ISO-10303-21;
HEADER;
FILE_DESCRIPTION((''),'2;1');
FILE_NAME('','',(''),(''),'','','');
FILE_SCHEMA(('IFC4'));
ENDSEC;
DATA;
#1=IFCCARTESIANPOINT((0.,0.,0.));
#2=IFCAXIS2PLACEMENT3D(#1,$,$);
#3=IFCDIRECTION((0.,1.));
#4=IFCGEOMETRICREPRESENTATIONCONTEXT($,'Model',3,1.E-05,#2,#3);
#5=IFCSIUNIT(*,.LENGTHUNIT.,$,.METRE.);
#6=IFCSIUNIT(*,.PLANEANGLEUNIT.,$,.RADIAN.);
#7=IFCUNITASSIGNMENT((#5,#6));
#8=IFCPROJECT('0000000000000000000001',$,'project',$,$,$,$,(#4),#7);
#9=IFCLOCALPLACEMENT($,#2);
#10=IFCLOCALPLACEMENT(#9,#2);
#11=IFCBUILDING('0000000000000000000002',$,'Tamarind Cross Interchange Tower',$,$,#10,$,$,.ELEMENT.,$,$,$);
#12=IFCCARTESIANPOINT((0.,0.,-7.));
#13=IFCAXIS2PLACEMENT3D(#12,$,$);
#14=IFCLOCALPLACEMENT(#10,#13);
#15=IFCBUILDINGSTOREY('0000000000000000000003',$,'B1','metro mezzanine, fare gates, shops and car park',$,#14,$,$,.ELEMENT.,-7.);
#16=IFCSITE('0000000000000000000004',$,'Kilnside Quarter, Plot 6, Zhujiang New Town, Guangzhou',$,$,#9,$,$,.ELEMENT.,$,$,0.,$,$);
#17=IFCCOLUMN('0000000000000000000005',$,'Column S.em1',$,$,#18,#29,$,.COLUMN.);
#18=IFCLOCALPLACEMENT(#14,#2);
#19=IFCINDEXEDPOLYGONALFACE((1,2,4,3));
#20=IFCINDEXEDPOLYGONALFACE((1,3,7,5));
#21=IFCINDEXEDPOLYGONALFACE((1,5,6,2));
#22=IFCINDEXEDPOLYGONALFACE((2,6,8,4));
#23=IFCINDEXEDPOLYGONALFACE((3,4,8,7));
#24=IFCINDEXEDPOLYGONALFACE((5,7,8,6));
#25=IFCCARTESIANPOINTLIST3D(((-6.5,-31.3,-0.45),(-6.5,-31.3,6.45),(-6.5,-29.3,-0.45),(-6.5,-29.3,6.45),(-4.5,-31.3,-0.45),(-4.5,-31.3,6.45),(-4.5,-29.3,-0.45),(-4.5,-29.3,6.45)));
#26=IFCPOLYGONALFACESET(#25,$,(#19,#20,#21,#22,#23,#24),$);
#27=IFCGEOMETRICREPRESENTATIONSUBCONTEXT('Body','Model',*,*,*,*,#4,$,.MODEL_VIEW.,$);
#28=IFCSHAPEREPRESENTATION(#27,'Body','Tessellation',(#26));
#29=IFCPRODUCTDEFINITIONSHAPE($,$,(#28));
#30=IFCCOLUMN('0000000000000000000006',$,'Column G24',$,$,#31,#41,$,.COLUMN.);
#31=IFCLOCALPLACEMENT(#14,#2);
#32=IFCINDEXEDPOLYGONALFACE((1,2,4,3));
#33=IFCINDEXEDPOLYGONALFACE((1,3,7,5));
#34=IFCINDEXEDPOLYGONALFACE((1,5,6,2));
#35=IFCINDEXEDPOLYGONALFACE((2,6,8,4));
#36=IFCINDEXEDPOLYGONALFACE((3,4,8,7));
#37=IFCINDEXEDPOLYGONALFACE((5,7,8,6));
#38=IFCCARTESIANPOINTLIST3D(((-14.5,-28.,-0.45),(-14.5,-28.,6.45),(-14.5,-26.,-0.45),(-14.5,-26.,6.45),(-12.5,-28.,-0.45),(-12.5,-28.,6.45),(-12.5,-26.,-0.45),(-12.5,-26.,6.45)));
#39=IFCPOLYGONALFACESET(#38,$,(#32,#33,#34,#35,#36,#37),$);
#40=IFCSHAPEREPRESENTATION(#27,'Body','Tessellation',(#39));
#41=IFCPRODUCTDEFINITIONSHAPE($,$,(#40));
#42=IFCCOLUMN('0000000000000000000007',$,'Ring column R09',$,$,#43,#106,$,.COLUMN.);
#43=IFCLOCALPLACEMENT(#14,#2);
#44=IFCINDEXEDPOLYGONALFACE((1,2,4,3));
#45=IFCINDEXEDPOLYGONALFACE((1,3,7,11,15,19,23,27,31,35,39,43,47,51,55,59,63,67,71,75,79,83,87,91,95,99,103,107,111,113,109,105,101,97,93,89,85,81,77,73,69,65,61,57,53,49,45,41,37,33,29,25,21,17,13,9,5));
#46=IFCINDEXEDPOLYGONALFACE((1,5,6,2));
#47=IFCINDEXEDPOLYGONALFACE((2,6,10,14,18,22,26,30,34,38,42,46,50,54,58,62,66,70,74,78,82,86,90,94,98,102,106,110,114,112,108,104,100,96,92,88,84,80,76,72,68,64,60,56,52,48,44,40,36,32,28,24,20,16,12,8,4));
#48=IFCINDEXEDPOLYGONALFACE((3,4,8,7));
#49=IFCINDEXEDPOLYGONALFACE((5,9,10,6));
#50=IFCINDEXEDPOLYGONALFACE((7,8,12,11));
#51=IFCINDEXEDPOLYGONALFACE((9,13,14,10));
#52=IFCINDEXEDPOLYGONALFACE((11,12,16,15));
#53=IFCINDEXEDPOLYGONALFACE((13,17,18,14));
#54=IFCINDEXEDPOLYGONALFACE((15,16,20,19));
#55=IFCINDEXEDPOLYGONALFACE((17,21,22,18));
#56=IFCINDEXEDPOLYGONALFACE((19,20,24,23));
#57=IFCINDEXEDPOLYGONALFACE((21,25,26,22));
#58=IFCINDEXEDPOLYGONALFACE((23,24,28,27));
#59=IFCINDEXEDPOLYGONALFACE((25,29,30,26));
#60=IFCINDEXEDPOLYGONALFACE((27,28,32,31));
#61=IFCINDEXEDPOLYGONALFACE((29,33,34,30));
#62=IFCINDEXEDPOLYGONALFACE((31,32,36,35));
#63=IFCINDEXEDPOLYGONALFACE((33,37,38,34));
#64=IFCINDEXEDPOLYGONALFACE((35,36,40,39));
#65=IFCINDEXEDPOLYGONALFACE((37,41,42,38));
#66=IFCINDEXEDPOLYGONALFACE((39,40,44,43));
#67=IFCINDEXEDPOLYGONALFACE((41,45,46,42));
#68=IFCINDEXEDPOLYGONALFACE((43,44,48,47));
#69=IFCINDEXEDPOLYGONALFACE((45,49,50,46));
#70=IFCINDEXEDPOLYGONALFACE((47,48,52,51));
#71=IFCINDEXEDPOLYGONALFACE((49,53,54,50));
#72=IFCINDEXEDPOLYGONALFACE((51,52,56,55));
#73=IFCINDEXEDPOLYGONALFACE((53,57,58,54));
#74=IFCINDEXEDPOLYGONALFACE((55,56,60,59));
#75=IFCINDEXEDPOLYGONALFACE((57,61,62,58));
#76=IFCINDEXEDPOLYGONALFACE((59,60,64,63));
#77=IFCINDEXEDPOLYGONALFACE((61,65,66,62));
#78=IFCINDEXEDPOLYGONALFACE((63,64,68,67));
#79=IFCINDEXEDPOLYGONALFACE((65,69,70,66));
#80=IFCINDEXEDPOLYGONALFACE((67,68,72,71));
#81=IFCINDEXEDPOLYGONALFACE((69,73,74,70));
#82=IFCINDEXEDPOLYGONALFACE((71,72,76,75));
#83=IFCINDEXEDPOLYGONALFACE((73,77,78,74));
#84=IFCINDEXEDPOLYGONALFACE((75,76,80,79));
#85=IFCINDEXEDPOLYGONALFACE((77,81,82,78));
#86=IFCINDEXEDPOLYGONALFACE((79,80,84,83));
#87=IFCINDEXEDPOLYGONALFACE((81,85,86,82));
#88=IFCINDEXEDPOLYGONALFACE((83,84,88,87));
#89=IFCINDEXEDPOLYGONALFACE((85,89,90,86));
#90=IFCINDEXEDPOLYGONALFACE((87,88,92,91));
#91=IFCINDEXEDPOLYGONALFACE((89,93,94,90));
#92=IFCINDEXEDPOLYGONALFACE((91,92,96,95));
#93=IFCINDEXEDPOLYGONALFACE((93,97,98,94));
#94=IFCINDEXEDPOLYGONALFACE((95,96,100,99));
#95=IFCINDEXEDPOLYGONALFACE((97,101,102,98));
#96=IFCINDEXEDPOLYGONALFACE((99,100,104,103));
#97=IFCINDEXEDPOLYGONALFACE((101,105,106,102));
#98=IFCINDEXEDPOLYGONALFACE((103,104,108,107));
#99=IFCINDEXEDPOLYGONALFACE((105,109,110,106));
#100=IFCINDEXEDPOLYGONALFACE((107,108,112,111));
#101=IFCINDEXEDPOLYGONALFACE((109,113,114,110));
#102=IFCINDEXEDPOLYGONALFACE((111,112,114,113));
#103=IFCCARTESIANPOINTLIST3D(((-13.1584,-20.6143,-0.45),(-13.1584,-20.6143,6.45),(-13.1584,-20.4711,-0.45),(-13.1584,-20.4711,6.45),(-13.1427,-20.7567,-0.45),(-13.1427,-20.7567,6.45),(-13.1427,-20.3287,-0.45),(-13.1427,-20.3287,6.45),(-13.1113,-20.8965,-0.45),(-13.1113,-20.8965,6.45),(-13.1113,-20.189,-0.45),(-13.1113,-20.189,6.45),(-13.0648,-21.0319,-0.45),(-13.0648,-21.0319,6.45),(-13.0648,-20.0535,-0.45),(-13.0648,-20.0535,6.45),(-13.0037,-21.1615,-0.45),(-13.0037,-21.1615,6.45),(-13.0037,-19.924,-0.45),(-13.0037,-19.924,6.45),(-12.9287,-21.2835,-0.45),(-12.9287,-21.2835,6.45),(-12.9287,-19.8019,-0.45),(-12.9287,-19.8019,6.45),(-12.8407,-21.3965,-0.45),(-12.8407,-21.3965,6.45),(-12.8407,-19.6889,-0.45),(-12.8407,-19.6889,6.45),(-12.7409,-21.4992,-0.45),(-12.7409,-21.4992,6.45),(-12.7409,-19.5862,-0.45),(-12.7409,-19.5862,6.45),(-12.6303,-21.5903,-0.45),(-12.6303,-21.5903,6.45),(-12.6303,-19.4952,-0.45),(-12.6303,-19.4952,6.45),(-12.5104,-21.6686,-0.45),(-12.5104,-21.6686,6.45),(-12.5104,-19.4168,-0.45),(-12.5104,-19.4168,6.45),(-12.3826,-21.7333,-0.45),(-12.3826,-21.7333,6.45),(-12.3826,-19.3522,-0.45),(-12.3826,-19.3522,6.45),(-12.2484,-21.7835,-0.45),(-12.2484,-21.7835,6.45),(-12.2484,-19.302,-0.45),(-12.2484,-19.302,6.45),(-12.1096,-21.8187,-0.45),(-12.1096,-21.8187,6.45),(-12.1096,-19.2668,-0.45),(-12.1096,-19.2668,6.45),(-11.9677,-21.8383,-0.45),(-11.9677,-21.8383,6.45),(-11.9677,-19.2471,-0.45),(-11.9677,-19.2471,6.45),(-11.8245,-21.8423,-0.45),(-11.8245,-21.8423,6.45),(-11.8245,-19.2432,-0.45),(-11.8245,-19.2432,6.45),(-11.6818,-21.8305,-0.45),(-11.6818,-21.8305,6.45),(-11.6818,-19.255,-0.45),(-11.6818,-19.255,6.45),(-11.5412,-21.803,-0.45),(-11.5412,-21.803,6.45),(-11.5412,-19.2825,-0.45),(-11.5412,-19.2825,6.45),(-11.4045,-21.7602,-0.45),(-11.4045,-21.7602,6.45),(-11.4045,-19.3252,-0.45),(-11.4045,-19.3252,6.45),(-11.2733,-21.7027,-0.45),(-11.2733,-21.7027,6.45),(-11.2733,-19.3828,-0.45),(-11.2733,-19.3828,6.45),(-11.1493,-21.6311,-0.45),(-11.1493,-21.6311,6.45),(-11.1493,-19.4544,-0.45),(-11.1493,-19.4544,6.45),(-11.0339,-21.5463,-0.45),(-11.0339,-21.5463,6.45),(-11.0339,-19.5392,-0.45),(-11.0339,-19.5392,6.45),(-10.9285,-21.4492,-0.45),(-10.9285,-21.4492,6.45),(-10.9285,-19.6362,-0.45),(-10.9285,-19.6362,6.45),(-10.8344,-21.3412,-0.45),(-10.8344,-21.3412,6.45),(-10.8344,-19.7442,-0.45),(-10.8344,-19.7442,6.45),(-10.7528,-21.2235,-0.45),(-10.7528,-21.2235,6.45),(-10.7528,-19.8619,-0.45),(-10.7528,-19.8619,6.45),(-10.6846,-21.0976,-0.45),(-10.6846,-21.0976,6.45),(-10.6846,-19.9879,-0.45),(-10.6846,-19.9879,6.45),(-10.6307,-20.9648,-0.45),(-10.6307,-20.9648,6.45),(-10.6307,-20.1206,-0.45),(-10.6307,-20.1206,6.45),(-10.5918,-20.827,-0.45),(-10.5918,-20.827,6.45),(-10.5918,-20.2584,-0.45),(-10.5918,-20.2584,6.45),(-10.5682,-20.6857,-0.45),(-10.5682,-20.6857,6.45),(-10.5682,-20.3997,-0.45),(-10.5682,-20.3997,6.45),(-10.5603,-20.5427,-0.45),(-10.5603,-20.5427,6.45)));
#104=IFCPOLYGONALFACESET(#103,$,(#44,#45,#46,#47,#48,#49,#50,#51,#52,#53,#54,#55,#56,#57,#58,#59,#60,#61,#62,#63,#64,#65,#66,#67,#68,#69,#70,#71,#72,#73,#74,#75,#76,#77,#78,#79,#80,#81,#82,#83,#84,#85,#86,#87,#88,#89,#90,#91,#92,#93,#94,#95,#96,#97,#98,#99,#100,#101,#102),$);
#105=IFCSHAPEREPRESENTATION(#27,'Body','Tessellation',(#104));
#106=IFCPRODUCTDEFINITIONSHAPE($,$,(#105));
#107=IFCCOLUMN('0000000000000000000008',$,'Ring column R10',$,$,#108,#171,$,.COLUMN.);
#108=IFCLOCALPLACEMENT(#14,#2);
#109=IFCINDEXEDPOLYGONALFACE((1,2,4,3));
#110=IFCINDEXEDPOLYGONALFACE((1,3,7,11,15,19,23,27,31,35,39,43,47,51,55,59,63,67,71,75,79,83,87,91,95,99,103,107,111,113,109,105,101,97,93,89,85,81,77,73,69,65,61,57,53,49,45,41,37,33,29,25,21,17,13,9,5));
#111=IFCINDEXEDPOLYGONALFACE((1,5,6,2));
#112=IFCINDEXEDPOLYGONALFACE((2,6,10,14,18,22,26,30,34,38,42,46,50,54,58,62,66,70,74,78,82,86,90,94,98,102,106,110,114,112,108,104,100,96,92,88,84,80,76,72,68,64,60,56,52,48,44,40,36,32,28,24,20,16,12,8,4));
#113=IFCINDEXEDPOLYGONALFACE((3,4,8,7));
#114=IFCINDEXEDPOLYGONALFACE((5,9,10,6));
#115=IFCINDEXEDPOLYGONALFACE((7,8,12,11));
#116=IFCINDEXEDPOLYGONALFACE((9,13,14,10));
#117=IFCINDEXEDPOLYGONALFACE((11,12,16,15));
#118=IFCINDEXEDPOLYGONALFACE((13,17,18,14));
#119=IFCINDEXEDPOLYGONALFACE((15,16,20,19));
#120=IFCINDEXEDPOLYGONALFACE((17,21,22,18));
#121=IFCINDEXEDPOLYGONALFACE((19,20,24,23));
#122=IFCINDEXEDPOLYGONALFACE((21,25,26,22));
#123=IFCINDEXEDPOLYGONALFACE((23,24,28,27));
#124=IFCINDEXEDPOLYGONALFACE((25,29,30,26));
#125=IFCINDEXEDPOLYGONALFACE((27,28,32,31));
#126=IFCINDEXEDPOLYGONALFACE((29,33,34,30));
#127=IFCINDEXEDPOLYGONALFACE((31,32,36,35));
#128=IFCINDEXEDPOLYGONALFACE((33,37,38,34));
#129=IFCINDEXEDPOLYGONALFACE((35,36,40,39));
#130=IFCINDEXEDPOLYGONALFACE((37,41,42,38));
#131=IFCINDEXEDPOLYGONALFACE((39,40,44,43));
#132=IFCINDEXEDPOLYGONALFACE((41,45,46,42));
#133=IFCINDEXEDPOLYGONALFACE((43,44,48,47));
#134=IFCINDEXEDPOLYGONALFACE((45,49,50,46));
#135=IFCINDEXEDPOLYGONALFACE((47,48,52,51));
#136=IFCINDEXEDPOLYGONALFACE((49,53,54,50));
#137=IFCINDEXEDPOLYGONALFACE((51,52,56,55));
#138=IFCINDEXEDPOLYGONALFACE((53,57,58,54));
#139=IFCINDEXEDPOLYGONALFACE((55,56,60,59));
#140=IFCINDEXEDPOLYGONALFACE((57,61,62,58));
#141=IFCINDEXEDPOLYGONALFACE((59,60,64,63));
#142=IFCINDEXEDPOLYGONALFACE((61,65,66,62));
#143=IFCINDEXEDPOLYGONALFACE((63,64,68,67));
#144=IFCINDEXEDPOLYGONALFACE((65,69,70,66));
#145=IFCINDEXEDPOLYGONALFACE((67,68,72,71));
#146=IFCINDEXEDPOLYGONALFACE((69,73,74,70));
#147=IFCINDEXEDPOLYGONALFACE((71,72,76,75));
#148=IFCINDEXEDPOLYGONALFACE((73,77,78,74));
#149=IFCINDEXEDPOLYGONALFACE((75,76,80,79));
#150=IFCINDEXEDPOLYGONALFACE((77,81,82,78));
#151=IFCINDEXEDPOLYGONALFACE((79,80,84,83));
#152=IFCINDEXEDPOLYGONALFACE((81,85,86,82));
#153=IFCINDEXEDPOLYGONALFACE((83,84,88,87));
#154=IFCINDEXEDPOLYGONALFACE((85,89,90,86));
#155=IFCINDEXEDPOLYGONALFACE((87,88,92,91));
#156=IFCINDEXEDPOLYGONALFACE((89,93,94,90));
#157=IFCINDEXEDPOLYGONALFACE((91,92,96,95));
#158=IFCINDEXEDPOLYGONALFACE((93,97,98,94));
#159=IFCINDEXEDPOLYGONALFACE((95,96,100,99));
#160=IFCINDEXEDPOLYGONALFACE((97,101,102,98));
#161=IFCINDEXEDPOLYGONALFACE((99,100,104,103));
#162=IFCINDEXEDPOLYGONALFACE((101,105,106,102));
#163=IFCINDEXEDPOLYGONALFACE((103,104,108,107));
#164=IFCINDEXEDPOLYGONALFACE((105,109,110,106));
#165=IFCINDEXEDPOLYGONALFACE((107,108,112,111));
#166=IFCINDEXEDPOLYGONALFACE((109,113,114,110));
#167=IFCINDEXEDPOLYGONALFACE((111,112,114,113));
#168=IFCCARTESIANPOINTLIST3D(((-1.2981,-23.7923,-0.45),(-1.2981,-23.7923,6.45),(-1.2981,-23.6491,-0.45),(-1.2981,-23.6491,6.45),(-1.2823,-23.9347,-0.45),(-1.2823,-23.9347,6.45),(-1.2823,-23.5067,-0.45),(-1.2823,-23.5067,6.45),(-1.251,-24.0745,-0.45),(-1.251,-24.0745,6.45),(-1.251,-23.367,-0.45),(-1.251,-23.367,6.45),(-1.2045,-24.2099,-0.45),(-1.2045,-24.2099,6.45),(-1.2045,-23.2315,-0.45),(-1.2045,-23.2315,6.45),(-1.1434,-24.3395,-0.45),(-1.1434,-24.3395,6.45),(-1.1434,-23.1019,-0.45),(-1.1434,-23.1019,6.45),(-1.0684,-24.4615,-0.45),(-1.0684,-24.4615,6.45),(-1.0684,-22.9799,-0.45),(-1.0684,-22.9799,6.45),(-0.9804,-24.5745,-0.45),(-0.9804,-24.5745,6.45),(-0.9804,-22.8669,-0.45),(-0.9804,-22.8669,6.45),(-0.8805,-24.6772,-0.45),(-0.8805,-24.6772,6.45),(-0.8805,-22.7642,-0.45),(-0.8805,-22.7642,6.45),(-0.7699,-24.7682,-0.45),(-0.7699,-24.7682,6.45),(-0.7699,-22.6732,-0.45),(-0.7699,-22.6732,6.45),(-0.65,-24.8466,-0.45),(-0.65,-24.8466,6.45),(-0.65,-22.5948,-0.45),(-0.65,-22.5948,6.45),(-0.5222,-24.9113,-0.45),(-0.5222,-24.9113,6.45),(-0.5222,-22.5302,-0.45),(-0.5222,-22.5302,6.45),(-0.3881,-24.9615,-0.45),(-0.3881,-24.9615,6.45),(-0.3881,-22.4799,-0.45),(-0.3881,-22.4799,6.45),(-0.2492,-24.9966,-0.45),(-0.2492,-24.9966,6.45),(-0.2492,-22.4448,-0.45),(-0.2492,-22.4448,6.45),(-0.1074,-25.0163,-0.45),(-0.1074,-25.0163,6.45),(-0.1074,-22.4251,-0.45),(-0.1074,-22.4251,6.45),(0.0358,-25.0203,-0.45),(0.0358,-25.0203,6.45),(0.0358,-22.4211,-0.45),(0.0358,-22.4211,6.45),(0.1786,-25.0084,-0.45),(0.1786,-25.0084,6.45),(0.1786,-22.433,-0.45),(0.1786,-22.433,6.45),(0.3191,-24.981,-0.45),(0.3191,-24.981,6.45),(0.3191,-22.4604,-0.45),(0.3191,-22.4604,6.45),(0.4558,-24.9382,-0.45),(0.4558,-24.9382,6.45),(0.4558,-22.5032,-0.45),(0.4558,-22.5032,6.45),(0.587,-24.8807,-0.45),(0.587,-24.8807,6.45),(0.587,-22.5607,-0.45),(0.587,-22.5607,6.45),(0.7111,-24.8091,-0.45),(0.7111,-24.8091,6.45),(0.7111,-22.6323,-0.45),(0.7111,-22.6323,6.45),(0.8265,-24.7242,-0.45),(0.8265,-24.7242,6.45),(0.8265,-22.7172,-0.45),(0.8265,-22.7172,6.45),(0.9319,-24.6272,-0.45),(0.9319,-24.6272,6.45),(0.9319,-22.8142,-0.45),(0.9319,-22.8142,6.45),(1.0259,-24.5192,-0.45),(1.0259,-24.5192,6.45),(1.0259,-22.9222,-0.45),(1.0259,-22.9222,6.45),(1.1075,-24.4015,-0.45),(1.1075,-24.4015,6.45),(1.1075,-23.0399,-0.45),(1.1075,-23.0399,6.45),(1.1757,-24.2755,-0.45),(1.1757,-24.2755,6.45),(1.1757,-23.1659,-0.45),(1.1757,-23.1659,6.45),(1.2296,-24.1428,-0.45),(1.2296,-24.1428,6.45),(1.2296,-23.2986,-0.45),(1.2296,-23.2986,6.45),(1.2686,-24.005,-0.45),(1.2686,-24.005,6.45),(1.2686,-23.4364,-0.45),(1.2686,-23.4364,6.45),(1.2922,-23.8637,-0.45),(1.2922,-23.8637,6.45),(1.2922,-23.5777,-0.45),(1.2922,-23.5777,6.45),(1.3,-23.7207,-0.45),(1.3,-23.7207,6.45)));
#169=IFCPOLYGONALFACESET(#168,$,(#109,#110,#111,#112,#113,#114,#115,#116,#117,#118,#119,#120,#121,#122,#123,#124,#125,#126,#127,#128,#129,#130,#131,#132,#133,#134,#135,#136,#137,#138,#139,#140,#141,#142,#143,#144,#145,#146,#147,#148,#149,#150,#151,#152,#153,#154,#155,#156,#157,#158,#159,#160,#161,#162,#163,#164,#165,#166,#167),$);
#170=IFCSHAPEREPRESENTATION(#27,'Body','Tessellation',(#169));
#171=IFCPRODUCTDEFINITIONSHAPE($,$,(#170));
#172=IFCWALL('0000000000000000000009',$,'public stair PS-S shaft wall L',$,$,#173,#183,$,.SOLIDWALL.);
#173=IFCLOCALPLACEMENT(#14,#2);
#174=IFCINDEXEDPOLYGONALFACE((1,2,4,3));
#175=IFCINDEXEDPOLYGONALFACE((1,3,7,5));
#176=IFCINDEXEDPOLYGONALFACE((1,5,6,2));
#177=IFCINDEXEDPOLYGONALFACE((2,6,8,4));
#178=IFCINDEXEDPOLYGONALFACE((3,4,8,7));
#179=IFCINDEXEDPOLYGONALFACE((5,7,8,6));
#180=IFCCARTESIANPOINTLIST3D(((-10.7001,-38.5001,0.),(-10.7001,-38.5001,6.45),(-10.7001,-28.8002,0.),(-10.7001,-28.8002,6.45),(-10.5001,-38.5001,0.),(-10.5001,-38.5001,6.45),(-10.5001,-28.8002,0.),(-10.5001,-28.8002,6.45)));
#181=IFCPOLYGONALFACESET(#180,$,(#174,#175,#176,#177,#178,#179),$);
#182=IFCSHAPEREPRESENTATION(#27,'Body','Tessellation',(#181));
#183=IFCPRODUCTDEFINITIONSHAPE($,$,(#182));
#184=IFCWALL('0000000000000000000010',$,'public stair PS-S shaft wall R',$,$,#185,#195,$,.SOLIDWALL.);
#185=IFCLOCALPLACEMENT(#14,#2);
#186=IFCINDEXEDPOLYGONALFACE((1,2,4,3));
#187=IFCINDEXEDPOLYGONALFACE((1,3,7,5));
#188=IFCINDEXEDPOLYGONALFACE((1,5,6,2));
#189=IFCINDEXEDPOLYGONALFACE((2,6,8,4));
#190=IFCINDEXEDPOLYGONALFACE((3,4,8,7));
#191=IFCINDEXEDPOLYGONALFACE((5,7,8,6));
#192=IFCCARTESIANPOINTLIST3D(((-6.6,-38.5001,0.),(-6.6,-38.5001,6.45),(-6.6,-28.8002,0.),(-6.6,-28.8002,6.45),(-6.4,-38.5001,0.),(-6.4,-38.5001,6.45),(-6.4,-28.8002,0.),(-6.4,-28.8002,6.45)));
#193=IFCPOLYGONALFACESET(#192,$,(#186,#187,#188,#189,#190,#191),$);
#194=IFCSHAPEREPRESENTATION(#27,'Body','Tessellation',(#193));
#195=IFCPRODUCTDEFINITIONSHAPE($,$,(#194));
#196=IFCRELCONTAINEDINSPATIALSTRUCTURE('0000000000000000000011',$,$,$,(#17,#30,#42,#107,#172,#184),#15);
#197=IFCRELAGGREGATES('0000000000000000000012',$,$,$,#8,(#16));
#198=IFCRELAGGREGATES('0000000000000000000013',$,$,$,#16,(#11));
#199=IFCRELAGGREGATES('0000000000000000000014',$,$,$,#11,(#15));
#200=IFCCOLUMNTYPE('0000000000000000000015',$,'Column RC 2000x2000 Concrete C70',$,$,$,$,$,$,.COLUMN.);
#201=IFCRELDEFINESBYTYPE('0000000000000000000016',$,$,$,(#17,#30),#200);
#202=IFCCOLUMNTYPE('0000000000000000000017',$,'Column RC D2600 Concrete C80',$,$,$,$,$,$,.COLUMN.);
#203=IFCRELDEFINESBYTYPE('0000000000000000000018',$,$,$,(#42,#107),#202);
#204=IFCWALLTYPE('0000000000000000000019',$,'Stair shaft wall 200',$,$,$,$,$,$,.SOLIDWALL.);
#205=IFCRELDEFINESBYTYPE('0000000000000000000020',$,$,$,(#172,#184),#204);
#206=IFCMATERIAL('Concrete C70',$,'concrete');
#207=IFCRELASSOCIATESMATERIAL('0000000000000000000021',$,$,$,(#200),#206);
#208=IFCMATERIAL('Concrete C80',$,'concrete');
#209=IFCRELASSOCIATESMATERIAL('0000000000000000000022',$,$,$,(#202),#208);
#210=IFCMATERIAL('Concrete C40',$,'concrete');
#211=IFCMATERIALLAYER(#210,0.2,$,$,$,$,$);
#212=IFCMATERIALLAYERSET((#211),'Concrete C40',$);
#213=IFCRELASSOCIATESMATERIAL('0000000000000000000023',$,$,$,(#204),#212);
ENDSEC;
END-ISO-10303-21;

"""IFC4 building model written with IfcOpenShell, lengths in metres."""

from ifc_helpers import new_model, si_unit, direction, frame, frame_2d, origin, origin_2d, place, context, subcontext, project, spatial, rectangle, circle, extrude, material, layer, layer_set, material_profile, profile_set, type_object, element, save


model = new_model("IFC4")

# Units and contexts
model_context = context("Model", 3, precision=1e-05, world=origin(), true_north=direction((0.0, 1.0)))
body_context = subcontext(model_context, "Body", "Model", "MODEL_VIEW")
ifc_project = project(units=[si_unit("LENGTHUNIT", "METRE"), si_unit("PLANEANGLEUNIT", "RADIAN")], contexts=[model_context])

# Site, building, storey
site_placement = place(None, origin())
site = spatial("IfcSite", under=ifc_project, at=site_placement, Name="Kilnside Quarter, Plot 6, Zhujiang New Town, Guangzhou", CompositionType="ELEMENT", RefElevation=0.0)
building_placement = place(site_placement, origin())
building = spatial("IfcBuilding", under=site, at=building_placement, Name="Tamarind Cross Interchange Tower", CompositionType="ELEMENT")
storey_placement = place(building_placement, frame((0.0, 0.0, -7.0)))
storey = spatial("IfcBuildingStorey", under=building, at=storey_placement, Name="B1", Description="metro mezzanine, fare gates, shops and car park", CompositionType="ELEMENT", Elevation=-7.0)

# Columns
ifc_material_1 = material(Name="Concrete C70", Category="concrete")
ifc_material_profile_1 = material_profile(ifc_material_1, rectangle(XDim=2.0, YDim=2.0, at=origin_2d()), Name="RC 2000x2000")
ifc_profile_set_1 = profile_set([ifc_material_profile_1], Name="Concrete C70")
column_type_1 = type_object("IfcColumnType", Name="Column RC 2000x2000 Concrete C70", PredefinedType="COLUMN", material=ifc_profile_set_1)
for number, where, z_axis, x_axis, name in (
    (1, (-5.5, -30.3, -0.45), (0.0, 0.0, 1.0), (1.0, 0.0, 0.0), "Column S.em1"),
    (2, (-13.5, -27.0, -0.45), (0.0, 0.0, 1.0), (1.0, 0.0, 0.0), "Column G24"),
):
    element("IfcColumn", number, at=place(storey_placement, frame(where, z_axis=z_axis, x_axis=x_axis)), inside=storey, type_object=column_type_1, Name=name, PredefinedType="COLUMN", context=body_context, shape_type="SweptSolid", body=[
        extrude(rectangle(XDim=2.0, YDim=2.0, at=origin_2d()), origin(), (0.0, 0.0, 1.0), 6.8999),
    ])
ifc_material_2 = material(Name="Concrete C80", Category="concrete")
ifc_material_profile_2 = material_profile(ifc_material_2, circle(Radius=1.3, at=origin_2d()), Name="RC D2600")
ifc_profile_set_2 = profile_set([ifc_material_profile_2], Name="Concrete C80")
column_type_2 = type_object("IfcColumnType", Name="Column RC D2600 Concrete C80", PredefinedType="COLUMN", material=ifc_profile_set_2)
for number, where, z_axis, x_axis, name in (
    (3, (-11.8604, -20.5427, -0.45), (0.0, 0.0, 1.0), (1.0, 0.0, 0.0), "Ring column R09"),
    (4, (0.0, -23.7207, -0.45), (0.0, 0.0, 1.0), (1.0, 0.0, 0.0), "Ring column R10"),
):
    element("IfcColumn", number, at=place(storey_placement, frame(where, z_axis=z_axis, x_axis=x_axis)), inside=storey, type_object=column_type_2, Name=name, PredefinedType="COLUMN", context=body_context, shape_type="SweptSolid", body=[
        extrude(circle(Radius=1.3, at=origin_2d()), origin(), (0.0, 0.0, 1.0), 6.8999),
    ])

# Walls
ifc_material_3 = material(Name="Concrete C40", Category="concrete")
ifc_layer_1 = layer(ifc_material_3, 0.2)
ifc_layer_set_1 = layer_set([ifc_layer_1], Name="Concrete C40")
wall_type_1 = type_object("IfcWallType", Name="Stair shaft wall 200", PredefinedType="SOLIDWALL", material=ifc_layer_set_1)
for number, where, z_axis, x_axis, name in (
    (5, (-10.6001, -28.8, 0.0), (0.0, 0.0, 1.0), (0.0, -1.0, 0.0), "public stair PS-S shaft wall L"),
    (6, (-6.5, -28.8, 0.0), (0.0, 0.0, 1.0), (0.0, -1.0, 0.0), "public stair PS-S shaft wall R"),
):
    element("IfcWall", number, at=place(storey_placement, frame(where, z_axis=z_axis, x_axis=x_axis)), inside=storey, type_object=wall_type_1, Name=name, PredefinedType="SOLIDWALL", context=body_context, shape_type="SweptSolid", body=[
        extrude(rectangle(XDim=9.7, YDim=0.2, at=frame_2d((4.8501, 0.0))), origin(), (0.0, 0.0, 1.0), 6.45),
    ])

save(model, "model.ifc")
